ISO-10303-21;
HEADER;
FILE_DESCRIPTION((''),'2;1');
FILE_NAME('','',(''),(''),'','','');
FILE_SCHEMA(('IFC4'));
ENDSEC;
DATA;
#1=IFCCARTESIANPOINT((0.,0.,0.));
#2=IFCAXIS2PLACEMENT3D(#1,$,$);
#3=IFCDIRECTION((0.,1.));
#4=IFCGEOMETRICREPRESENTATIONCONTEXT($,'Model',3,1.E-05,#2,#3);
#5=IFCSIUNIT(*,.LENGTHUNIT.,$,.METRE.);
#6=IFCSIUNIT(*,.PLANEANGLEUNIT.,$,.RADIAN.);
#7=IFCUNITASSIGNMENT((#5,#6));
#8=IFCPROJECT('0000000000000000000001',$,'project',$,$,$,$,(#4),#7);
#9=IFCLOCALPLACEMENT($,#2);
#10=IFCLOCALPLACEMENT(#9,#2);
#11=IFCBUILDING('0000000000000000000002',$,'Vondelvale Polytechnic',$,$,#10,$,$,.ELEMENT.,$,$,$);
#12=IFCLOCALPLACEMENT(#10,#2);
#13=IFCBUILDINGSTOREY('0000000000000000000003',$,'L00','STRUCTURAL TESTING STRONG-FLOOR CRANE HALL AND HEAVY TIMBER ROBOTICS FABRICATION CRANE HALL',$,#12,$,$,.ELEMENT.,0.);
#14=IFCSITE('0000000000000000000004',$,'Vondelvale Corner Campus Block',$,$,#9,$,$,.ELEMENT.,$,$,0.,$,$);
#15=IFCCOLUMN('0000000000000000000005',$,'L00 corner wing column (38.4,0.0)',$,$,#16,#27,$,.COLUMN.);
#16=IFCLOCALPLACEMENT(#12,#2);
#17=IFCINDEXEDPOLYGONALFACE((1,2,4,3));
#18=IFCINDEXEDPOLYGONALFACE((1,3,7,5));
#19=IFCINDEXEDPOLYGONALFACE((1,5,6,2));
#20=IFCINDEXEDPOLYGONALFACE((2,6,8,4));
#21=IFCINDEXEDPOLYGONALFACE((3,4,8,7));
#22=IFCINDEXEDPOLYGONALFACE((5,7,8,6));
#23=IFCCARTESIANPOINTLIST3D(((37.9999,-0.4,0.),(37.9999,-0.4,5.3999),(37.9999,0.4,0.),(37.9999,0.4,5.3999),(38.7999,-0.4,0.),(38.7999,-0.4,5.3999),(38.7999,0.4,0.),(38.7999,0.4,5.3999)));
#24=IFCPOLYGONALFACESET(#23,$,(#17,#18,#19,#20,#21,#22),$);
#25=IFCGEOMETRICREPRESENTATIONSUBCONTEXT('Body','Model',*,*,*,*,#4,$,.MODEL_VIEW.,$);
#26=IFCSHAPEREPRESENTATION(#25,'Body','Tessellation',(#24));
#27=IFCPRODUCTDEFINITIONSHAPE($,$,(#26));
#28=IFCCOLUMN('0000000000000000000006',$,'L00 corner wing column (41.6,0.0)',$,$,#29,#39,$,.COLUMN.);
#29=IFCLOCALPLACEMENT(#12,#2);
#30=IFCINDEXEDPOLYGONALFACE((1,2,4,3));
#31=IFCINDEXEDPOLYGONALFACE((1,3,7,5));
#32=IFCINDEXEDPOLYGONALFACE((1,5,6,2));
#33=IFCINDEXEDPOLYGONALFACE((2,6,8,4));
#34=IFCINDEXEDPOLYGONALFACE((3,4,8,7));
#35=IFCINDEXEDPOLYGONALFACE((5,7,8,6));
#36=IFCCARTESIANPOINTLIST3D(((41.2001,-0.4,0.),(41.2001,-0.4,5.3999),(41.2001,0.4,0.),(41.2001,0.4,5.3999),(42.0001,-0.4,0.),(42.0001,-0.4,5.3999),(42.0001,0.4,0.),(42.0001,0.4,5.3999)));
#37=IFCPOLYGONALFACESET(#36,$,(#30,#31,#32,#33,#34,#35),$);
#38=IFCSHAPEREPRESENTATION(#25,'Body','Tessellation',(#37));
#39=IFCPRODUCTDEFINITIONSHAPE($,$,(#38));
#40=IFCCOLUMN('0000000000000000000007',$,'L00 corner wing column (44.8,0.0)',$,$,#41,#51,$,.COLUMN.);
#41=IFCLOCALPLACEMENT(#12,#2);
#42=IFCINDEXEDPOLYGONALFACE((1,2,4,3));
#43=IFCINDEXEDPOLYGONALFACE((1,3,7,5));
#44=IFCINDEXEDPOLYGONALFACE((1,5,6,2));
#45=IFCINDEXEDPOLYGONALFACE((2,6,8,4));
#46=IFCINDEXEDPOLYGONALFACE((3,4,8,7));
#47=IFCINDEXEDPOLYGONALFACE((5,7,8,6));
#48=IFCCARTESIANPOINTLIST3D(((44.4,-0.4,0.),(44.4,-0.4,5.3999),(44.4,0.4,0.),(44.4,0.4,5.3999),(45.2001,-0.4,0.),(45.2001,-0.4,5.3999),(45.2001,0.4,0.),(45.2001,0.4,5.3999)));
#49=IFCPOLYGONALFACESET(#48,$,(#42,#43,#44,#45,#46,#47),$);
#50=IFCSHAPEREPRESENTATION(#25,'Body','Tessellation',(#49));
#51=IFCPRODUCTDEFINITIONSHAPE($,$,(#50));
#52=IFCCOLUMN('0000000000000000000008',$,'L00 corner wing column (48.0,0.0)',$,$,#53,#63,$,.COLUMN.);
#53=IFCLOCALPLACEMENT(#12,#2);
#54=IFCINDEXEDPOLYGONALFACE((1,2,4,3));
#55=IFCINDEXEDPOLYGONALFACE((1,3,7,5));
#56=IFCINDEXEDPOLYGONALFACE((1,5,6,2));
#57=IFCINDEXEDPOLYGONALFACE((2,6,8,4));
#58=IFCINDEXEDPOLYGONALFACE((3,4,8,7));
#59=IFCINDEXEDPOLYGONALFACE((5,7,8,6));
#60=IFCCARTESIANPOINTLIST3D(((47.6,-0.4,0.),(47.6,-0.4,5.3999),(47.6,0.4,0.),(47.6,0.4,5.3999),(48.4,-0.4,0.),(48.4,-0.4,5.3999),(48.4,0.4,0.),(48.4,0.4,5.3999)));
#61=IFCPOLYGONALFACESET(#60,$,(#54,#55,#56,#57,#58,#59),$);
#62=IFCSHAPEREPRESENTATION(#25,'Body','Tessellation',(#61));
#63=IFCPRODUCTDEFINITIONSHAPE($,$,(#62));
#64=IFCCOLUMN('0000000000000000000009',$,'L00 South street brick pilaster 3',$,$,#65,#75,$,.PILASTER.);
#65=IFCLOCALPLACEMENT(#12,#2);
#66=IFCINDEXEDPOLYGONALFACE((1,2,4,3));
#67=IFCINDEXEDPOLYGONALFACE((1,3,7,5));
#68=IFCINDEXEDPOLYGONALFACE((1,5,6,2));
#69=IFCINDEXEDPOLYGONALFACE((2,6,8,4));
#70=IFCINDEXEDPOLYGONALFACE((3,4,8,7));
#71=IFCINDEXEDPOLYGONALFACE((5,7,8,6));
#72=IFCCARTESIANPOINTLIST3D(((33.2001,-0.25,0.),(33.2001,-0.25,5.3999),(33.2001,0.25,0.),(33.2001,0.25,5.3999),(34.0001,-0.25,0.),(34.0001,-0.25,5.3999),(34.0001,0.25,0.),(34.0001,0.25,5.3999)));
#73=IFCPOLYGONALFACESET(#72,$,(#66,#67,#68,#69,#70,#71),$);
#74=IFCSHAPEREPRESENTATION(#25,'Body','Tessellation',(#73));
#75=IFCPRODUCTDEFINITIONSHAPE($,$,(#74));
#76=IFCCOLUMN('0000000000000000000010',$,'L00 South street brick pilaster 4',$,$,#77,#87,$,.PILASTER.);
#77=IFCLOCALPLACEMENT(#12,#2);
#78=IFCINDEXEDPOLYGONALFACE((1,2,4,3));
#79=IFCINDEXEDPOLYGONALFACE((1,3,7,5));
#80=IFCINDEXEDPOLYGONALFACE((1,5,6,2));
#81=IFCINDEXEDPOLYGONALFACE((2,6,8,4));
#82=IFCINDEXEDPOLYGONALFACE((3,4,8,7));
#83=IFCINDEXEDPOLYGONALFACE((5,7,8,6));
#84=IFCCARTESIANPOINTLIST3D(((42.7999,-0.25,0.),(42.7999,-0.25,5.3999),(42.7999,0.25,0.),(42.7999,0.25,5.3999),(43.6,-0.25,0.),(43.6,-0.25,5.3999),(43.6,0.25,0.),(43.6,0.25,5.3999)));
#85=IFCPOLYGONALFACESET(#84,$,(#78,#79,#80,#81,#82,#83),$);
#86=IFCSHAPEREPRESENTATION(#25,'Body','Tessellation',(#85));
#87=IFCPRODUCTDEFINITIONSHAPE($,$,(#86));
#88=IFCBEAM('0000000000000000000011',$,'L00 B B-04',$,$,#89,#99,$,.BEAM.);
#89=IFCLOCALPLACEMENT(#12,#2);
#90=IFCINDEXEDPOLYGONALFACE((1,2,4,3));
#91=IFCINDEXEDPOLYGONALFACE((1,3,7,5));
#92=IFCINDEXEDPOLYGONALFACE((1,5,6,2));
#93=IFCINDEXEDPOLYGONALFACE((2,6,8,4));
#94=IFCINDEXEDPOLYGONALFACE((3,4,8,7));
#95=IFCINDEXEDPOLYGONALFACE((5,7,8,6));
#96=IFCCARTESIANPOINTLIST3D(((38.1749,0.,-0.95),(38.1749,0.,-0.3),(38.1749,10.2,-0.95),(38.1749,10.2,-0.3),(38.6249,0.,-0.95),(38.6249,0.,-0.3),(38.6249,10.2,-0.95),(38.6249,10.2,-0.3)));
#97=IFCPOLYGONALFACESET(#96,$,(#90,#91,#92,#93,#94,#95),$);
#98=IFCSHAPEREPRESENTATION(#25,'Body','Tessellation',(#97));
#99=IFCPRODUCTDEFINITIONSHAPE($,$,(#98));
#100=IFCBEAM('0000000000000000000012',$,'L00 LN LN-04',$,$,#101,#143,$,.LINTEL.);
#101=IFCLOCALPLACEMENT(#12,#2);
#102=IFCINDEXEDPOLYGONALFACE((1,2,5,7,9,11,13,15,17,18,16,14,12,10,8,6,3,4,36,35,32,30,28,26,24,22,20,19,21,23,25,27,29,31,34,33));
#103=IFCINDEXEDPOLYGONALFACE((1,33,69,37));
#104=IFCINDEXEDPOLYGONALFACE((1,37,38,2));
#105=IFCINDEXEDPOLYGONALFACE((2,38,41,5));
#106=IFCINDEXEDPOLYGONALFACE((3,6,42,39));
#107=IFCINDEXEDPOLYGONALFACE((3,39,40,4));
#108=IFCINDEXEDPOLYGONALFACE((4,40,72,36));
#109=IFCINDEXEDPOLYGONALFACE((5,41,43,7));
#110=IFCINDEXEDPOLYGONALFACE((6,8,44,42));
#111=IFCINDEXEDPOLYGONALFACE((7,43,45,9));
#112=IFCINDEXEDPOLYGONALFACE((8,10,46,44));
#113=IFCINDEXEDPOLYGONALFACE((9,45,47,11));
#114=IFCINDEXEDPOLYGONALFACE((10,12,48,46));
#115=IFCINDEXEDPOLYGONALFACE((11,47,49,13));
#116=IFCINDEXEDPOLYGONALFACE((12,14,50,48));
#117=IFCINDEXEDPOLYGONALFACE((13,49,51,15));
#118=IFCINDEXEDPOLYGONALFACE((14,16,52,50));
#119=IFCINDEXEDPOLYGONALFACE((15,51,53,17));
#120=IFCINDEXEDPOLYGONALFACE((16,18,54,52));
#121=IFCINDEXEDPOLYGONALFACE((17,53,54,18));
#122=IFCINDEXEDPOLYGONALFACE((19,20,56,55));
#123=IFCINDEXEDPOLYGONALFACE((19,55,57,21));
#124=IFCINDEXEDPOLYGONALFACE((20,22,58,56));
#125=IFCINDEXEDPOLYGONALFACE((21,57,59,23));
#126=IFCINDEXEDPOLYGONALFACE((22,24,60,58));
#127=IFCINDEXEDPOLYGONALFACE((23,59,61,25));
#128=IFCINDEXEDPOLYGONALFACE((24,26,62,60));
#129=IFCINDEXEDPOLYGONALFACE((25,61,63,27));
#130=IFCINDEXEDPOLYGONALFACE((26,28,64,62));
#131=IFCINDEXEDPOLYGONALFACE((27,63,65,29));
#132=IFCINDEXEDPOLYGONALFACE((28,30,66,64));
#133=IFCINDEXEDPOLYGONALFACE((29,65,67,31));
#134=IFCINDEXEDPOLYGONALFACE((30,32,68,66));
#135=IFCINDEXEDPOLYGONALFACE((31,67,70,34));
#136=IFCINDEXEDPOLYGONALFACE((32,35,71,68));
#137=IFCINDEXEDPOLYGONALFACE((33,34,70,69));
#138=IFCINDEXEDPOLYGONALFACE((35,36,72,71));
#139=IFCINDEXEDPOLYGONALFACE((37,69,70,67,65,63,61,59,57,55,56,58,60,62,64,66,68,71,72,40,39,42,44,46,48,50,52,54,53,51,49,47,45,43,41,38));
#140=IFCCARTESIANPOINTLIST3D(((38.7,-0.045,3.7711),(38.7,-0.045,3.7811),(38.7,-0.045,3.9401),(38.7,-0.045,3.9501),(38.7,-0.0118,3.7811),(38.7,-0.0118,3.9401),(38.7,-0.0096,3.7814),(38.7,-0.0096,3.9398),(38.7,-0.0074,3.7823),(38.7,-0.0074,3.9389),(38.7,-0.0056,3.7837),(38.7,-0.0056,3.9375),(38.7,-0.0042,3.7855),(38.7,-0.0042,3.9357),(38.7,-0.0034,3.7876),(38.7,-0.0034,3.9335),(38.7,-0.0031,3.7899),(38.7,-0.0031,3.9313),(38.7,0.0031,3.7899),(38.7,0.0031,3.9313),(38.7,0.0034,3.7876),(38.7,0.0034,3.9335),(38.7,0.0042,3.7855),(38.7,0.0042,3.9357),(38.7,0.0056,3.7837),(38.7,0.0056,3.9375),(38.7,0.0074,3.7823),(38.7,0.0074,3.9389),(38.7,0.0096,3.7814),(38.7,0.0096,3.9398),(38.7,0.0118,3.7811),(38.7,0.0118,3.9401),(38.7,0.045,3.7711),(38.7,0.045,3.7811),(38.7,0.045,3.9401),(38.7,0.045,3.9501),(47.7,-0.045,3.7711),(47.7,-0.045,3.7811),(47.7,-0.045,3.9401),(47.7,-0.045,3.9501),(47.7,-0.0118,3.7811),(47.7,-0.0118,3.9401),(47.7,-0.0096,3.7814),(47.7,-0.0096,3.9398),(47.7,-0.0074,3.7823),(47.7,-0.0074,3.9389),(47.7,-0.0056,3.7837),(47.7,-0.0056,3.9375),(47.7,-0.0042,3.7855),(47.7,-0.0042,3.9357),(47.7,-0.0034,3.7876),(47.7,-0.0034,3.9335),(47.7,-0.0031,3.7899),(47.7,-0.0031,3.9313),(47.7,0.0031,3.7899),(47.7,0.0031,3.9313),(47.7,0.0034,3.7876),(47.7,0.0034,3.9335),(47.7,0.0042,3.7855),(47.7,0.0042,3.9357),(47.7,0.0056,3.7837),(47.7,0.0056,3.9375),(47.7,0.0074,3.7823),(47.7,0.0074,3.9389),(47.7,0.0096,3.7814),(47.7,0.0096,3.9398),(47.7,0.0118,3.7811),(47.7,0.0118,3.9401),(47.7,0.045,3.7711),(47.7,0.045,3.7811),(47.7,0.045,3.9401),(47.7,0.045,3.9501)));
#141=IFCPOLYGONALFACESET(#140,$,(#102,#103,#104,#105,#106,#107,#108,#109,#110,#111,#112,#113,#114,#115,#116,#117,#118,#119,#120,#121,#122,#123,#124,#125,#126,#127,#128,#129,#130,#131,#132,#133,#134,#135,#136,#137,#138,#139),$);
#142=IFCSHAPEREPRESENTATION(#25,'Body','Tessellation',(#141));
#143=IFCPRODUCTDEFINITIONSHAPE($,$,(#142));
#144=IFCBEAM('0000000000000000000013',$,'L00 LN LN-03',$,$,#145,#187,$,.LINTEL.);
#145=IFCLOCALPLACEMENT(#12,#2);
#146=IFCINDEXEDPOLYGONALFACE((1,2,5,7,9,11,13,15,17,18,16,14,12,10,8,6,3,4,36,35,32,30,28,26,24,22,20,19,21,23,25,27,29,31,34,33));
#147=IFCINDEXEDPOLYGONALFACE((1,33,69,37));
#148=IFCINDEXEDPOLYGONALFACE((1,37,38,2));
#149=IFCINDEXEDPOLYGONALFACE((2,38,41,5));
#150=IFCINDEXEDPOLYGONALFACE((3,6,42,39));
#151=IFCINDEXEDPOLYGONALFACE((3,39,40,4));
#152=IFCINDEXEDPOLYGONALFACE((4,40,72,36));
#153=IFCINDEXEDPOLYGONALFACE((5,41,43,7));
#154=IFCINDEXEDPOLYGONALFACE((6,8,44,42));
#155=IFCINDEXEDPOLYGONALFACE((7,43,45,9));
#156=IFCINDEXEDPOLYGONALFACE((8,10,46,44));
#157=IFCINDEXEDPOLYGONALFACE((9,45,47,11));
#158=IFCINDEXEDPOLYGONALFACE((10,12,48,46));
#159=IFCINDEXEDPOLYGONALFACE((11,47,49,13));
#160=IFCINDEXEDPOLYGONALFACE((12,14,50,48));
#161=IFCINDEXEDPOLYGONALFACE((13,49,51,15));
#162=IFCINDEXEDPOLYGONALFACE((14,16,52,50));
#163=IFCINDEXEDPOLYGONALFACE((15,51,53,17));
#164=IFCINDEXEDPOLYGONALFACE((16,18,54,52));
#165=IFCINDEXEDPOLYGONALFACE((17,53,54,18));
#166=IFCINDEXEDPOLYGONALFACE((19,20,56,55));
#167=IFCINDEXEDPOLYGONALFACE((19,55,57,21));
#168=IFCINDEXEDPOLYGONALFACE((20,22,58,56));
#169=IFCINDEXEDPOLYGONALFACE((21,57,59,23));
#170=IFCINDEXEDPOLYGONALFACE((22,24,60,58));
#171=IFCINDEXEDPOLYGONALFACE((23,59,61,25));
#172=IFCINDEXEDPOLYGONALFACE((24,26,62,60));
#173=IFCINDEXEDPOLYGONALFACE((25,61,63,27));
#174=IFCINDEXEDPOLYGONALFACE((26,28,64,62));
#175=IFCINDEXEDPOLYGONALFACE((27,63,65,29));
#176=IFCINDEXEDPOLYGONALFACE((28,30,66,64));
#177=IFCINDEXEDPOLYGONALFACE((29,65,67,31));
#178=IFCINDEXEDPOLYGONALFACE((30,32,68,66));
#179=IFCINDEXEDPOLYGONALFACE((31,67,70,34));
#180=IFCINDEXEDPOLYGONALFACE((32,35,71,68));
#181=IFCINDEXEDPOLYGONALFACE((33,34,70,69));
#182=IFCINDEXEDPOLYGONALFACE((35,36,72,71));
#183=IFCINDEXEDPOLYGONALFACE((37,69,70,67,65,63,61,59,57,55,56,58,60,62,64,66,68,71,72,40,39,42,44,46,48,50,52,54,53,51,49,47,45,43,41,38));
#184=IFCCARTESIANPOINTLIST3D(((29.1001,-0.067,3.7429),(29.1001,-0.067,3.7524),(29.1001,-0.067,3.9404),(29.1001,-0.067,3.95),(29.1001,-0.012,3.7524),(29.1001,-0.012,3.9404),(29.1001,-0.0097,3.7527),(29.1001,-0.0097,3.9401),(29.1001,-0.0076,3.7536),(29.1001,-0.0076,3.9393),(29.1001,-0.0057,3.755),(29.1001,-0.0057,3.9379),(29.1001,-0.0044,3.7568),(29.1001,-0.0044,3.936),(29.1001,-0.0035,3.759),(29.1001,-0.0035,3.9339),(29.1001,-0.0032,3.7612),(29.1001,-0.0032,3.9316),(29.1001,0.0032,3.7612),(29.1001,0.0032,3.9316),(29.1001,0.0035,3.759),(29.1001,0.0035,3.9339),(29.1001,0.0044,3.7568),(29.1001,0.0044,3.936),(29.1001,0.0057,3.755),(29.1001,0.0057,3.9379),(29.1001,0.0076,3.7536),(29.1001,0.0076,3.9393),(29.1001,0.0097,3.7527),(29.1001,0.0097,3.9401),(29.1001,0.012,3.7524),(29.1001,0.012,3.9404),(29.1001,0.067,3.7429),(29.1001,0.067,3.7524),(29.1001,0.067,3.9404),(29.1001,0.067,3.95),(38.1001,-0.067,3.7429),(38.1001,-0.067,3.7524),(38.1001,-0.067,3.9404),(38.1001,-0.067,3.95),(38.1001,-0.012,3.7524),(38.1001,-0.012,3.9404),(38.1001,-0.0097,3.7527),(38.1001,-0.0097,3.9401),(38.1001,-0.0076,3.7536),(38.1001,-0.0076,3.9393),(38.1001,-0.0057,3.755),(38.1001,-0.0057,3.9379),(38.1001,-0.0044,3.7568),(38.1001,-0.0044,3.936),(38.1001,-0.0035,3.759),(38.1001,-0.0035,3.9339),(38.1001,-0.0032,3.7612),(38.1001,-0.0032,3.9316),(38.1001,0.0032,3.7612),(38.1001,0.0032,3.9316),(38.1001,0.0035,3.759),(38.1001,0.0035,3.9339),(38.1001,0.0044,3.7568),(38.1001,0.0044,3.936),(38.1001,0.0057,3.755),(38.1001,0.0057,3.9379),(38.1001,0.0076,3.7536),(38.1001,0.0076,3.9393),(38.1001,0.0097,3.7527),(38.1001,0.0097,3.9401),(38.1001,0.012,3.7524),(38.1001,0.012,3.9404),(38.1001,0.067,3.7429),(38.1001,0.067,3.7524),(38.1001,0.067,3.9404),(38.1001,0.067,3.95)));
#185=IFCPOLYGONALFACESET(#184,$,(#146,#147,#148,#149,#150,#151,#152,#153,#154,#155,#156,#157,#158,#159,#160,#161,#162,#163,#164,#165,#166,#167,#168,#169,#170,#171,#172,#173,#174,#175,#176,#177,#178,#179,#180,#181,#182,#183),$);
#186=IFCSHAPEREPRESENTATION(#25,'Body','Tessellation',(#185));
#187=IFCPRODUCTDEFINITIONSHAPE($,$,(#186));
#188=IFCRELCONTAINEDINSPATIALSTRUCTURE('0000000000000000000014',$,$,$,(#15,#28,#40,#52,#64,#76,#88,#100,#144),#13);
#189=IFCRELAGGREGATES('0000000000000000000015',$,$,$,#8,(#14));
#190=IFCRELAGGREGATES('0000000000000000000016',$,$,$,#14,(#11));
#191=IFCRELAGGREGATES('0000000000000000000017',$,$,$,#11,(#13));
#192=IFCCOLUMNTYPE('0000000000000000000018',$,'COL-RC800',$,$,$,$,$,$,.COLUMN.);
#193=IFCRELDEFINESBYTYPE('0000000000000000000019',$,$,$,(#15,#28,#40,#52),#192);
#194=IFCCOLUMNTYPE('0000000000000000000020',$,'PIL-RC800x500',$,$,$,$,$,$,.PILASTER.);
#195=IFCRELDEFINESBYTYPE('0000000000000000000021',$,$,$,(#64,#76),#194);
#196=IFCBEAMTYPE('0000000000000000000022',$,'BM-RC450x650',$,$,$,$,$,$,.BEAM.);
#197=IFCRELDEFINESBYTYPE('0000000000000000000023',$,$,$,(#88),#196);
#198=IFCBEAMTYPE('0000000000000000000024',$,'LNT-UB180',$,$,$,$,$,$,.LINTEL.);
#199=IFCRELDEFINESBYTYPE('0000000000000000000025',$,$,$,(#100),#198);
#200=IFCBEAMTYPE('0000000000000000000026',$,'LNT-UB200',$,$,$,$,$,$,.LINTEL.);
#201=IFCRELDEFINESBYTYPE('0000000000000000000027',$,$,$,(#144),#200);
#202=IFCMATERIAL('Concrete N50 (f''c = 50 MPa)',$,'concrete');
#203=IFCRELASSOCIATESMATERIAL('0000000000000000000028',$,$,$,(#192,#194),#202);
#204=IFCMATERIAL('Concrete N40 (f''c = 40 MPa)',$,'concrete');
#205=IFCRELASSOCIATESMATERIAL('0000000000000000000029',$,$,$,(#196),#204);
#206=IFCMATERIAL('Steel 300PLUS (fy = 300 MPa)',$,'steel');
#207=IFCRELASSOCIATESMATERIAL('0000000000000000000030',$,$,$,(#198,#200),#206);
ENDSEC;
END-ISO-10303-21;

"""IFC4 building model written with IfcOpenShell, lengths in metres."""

from ifc_helpers import new_model, si_unit, direction, frame, origin, origin_2d, place, context, subcontext, project, spatial, rectangle, i_section, extrude, material, material_profile, profile_set, type_object, element, save


model = new_model("IFC4")

# Units and contexts
model_context = context("Model", 3, precision=1e-05, world=origin(), true_north=direction((0.0, 1.0)))
body_context = subcontext(model_context, "Body", "Model", "MODEL_VIEW")
ifc_project = project(units=[si_unit("LENGTHUNIT", "METRE"), si_unit("PLANEANGLEUNIT", "RADIAN")], contexts=[model_context])

# Site, building, storey
site_placement = place(None, origin())
site = spatial("IfcSite", under=ifc_project, at=site_placement, Name="Vondelvale Corner Campus Block", CompositionType="ELEMENT", RefElevation=0.0)
building_placement = place(site_placement, origin())
building = spatial("IfcBuilding", under=site, at=building_placement, Name="Vondelvale Polytechnic", CompositionType="ELEMENT")
storey_placement = place(building_placement, origin())
storey = spatial("IfcBuildingStorey", under=building, at=storey_placement, Name="L00", Description="STRUCTURAL TESTING STRONG-FLOOR CRANE HALL AND HEAVY TIMBER ROBOTICS FABRICATION CRANE HALL", CompositionType="ELEMENT", Elevation=0.0)

# Columns
ifc_material_1 = material(Name="Concrete N50 (f'c = 50 MPa)", Category="concrete")
ifc_material_profile_1 = material_profile(ifc_material_1, rectangle(XDim=0.8, YDim=0.8, at=origin_2d()), Name="RC-COL-800x800")
ifc_profile_set_1 = profile_set([ifc_material_profile_1], Name="Concrete N50 (f'c = 50 MPa)")
column_type_1 = type_object("IfcColumnType", Name="COL-RC800", PredefinedType="COLUMN", material=ifc_profile_set_1)
for number, where, z_axis, x_axis, name in (
    (1, (38.3999, 0.0, 0.0), (0.0, 0.0, 1.0), (1.0, 0.0, 0.0), "L00 corner wing column (38.4,0.0)"),
    (2, (41.6001, 0.0, 0.0), (0.0, 0.0, 1.0), (1.0, 0.0, 0.0), "L00 corner wing column (41.6,0.0)"),
    (3, (44.8, 0.0, 0.0), (0.0, 0.0, 1.0), (1.0, 0.0, 0.0), "L00 corner wing column (44.8,0.0)"),
    (4, (48.0, 0.0, 0.0), (0.0, 0.0, 1.0), (1.0, 0.0, 0.0), "L00 corner wing column (48.0,0.0)"),
):
    element("IfcColumn", number, at=place(storey_placement, frame(where, z_axis=z_axis, x_axis=x_axis)), inside=storey, type_object=column_type_1, Name=name, PredefinedType="COLUMN", context=body_context, shape_type="SweptSolid", body=[
        extrude(rectangle(XDim=0.8, YDim=0.8, at=origin_2d()), origin(), (0.0, 0.0, 1.0), 5.3999),
    ])
ifc_material_profile_2 = material_profile(ifc_material_1, rectangle(XDim=0.5, YDim=0.8, at=origin_2d()), Name="RC-PIL-800x500")
ifc_profile_set_2 = profile_set([ifc_material_profile_2], Name="Concrete N50 (f'c = 50 MPa)")
column_type_2 = type_object("IfcColumnType", Name="PIL-RC800x500", PredefinedType="PILASTER", material=ifc_profile_set_2)
for number, where, z_axis, x_axis, name in (
    (5, (33.6001, 0.0, 0.0), (0.0, 0.0, 1.0), (0.0, 1.0, 0.0), "L00 South street brick pilaster 3"),
    (6, (43.2, 0.0, 0.0), (0.0, 0.0, 1.0), (0.0, 1.0, 0.0), "L00 South street brick pilaster 4"),
):
    element("IfcColumn", number, at=place(storey_placement, frame(where, z_axis=z_axis, x_axis=x_axis)), inside=storey, type_object=column_type_2, Name=name, PredefinedType="PILASTER", context=body_context, shape_type="SweptSolid", body=[
        extrude(rectangle(XDim=0.5, YDim=0.8, at=origin_2d()), origin(), (0.0, 0.0, 1.0), 5.3999),
    ])

# Beams
ifc_material_2 = material(Name="Concrete N40 (f'c = 40 MPa)", Category="concrete")
ifc_material_profile_3 = material_profile(ifc_material_2, rectangle(XDim=0.45, YDim=0.6499, at=origin_2d()), Name="RC-BM-450x650")
ifc_profile_set_3 = profile_set([ifc_material_profile_3], Name="Concrete N40 (f'c = 40 MPa)")
beam_type_1 = type_object("IfcBeamType", Name="BM-RC450x650", PredefinedType="BEAM", material=ifc_profile_set_3)
beam_1_placement = place(storey_placement, frame((38.3999, 0.0, -0.625), z_axis=(0.0, 1.0, 0.0), x_axis=(-1.0, 0.0, 0.0)))
element("IfcBeam", 7, at=beam_1_placement, inside=storey, type_object=beam_type_1, Name="L00 B B-04", PredefinedType="BEAM", context=body_context, shape_type="SweptSolid", body=[
    extrude(rectangle(XDim=0.45, YDim=0.6499, at=origin_2d()), origin(), (0.0, 0.0, 1.0), 10.2),
])
ifc_material_3 = material(Name="Steel 300PLUS (fy = 300 MPa)", Category="steel")
ifc_material_profile_4 = material_profile(ifc_material_3, i_section(OverallWidth=0.0901, OverallDepth=0.179, WebThickness=0.0061, FlangeThickness=0.01, FilletRadius=0.0088, at=origin_2d()), Name="180UB22.2")
ifc_profile_set_4 = profile_set([ifc_material_profile_4], Name="Steel 300PLUS (fy = 300 MPa)")
beam_type_2 = type_object("IfcBeamType", Name="LNT-UB180", PredefinedType="LINTEL", material=ifc_profile_set_4)
beam_2_placement = place(storey_placement, frame((38.7, 0.0, 3.8606), z_axis=(1.0, 0.0, 0.0), x_axis=(0.0, 1.0, 0.0)))
element("IfcBeam", 8, at=beam_2_placement, inside=storey, type_object=beam_type_2, Name="L00 LN LN-04", PredefinedType="LINTEL", context=body_context, shape_type="SweptSolid", body=[
    extrude(i_section(OverallWidth=0.0901, OverallDepth=0.179, WebThickness=0.0061, FlangeThickness=0.01, FilletRadius=0.0088, at=origin_2d()), origin(), (0.0, 0.0, 1.0), 9.0),
])
ifc_material_profile_5 = material_profile(ifc_material_3, i_section(OverallWidth=0.134, OverallDepth=0.207, WebThickness=0.0063, FlangeThickness=0.0095, FilletRadius=0.0088, at=origin_2d()), Name="200UB29.8")
ifc_profile_set_5 = profile_set([ifc_material_profile_5], Name="Steel 300PLUS (fy = 300 MPa)")
beam_type_3 = type_object("IfcBeamType", Name="LNT-UB200", PredefinedType="LINTEL", material=ifc_profile_set_5)
beam_3_placement = place(storey_placement, frame((29.1001, 0.0, 3.8464), z_axis=(1.0, 0.0, 0.0), x_axis=(0.0, 1.0, 0.0)))
element("IfcBeam", 9, at=beam_3_placement, inside=storey, type_object=beam_type_3, Name="L00 LN LN-03", PredefinedType="LINTEL", context=body_context, shape_type="SweptSolid", body=[
    extrude(i_section(OverallWidth=0.134, OverallDepth=0.207, WebThickness=0.0063, FlangeThickness=0.0095, FilletRadius=0.0088, at=origin_2d()), origin(), (0.0, 0.0, 1.0), 9.0),
])

save(model, "model.ifc")
